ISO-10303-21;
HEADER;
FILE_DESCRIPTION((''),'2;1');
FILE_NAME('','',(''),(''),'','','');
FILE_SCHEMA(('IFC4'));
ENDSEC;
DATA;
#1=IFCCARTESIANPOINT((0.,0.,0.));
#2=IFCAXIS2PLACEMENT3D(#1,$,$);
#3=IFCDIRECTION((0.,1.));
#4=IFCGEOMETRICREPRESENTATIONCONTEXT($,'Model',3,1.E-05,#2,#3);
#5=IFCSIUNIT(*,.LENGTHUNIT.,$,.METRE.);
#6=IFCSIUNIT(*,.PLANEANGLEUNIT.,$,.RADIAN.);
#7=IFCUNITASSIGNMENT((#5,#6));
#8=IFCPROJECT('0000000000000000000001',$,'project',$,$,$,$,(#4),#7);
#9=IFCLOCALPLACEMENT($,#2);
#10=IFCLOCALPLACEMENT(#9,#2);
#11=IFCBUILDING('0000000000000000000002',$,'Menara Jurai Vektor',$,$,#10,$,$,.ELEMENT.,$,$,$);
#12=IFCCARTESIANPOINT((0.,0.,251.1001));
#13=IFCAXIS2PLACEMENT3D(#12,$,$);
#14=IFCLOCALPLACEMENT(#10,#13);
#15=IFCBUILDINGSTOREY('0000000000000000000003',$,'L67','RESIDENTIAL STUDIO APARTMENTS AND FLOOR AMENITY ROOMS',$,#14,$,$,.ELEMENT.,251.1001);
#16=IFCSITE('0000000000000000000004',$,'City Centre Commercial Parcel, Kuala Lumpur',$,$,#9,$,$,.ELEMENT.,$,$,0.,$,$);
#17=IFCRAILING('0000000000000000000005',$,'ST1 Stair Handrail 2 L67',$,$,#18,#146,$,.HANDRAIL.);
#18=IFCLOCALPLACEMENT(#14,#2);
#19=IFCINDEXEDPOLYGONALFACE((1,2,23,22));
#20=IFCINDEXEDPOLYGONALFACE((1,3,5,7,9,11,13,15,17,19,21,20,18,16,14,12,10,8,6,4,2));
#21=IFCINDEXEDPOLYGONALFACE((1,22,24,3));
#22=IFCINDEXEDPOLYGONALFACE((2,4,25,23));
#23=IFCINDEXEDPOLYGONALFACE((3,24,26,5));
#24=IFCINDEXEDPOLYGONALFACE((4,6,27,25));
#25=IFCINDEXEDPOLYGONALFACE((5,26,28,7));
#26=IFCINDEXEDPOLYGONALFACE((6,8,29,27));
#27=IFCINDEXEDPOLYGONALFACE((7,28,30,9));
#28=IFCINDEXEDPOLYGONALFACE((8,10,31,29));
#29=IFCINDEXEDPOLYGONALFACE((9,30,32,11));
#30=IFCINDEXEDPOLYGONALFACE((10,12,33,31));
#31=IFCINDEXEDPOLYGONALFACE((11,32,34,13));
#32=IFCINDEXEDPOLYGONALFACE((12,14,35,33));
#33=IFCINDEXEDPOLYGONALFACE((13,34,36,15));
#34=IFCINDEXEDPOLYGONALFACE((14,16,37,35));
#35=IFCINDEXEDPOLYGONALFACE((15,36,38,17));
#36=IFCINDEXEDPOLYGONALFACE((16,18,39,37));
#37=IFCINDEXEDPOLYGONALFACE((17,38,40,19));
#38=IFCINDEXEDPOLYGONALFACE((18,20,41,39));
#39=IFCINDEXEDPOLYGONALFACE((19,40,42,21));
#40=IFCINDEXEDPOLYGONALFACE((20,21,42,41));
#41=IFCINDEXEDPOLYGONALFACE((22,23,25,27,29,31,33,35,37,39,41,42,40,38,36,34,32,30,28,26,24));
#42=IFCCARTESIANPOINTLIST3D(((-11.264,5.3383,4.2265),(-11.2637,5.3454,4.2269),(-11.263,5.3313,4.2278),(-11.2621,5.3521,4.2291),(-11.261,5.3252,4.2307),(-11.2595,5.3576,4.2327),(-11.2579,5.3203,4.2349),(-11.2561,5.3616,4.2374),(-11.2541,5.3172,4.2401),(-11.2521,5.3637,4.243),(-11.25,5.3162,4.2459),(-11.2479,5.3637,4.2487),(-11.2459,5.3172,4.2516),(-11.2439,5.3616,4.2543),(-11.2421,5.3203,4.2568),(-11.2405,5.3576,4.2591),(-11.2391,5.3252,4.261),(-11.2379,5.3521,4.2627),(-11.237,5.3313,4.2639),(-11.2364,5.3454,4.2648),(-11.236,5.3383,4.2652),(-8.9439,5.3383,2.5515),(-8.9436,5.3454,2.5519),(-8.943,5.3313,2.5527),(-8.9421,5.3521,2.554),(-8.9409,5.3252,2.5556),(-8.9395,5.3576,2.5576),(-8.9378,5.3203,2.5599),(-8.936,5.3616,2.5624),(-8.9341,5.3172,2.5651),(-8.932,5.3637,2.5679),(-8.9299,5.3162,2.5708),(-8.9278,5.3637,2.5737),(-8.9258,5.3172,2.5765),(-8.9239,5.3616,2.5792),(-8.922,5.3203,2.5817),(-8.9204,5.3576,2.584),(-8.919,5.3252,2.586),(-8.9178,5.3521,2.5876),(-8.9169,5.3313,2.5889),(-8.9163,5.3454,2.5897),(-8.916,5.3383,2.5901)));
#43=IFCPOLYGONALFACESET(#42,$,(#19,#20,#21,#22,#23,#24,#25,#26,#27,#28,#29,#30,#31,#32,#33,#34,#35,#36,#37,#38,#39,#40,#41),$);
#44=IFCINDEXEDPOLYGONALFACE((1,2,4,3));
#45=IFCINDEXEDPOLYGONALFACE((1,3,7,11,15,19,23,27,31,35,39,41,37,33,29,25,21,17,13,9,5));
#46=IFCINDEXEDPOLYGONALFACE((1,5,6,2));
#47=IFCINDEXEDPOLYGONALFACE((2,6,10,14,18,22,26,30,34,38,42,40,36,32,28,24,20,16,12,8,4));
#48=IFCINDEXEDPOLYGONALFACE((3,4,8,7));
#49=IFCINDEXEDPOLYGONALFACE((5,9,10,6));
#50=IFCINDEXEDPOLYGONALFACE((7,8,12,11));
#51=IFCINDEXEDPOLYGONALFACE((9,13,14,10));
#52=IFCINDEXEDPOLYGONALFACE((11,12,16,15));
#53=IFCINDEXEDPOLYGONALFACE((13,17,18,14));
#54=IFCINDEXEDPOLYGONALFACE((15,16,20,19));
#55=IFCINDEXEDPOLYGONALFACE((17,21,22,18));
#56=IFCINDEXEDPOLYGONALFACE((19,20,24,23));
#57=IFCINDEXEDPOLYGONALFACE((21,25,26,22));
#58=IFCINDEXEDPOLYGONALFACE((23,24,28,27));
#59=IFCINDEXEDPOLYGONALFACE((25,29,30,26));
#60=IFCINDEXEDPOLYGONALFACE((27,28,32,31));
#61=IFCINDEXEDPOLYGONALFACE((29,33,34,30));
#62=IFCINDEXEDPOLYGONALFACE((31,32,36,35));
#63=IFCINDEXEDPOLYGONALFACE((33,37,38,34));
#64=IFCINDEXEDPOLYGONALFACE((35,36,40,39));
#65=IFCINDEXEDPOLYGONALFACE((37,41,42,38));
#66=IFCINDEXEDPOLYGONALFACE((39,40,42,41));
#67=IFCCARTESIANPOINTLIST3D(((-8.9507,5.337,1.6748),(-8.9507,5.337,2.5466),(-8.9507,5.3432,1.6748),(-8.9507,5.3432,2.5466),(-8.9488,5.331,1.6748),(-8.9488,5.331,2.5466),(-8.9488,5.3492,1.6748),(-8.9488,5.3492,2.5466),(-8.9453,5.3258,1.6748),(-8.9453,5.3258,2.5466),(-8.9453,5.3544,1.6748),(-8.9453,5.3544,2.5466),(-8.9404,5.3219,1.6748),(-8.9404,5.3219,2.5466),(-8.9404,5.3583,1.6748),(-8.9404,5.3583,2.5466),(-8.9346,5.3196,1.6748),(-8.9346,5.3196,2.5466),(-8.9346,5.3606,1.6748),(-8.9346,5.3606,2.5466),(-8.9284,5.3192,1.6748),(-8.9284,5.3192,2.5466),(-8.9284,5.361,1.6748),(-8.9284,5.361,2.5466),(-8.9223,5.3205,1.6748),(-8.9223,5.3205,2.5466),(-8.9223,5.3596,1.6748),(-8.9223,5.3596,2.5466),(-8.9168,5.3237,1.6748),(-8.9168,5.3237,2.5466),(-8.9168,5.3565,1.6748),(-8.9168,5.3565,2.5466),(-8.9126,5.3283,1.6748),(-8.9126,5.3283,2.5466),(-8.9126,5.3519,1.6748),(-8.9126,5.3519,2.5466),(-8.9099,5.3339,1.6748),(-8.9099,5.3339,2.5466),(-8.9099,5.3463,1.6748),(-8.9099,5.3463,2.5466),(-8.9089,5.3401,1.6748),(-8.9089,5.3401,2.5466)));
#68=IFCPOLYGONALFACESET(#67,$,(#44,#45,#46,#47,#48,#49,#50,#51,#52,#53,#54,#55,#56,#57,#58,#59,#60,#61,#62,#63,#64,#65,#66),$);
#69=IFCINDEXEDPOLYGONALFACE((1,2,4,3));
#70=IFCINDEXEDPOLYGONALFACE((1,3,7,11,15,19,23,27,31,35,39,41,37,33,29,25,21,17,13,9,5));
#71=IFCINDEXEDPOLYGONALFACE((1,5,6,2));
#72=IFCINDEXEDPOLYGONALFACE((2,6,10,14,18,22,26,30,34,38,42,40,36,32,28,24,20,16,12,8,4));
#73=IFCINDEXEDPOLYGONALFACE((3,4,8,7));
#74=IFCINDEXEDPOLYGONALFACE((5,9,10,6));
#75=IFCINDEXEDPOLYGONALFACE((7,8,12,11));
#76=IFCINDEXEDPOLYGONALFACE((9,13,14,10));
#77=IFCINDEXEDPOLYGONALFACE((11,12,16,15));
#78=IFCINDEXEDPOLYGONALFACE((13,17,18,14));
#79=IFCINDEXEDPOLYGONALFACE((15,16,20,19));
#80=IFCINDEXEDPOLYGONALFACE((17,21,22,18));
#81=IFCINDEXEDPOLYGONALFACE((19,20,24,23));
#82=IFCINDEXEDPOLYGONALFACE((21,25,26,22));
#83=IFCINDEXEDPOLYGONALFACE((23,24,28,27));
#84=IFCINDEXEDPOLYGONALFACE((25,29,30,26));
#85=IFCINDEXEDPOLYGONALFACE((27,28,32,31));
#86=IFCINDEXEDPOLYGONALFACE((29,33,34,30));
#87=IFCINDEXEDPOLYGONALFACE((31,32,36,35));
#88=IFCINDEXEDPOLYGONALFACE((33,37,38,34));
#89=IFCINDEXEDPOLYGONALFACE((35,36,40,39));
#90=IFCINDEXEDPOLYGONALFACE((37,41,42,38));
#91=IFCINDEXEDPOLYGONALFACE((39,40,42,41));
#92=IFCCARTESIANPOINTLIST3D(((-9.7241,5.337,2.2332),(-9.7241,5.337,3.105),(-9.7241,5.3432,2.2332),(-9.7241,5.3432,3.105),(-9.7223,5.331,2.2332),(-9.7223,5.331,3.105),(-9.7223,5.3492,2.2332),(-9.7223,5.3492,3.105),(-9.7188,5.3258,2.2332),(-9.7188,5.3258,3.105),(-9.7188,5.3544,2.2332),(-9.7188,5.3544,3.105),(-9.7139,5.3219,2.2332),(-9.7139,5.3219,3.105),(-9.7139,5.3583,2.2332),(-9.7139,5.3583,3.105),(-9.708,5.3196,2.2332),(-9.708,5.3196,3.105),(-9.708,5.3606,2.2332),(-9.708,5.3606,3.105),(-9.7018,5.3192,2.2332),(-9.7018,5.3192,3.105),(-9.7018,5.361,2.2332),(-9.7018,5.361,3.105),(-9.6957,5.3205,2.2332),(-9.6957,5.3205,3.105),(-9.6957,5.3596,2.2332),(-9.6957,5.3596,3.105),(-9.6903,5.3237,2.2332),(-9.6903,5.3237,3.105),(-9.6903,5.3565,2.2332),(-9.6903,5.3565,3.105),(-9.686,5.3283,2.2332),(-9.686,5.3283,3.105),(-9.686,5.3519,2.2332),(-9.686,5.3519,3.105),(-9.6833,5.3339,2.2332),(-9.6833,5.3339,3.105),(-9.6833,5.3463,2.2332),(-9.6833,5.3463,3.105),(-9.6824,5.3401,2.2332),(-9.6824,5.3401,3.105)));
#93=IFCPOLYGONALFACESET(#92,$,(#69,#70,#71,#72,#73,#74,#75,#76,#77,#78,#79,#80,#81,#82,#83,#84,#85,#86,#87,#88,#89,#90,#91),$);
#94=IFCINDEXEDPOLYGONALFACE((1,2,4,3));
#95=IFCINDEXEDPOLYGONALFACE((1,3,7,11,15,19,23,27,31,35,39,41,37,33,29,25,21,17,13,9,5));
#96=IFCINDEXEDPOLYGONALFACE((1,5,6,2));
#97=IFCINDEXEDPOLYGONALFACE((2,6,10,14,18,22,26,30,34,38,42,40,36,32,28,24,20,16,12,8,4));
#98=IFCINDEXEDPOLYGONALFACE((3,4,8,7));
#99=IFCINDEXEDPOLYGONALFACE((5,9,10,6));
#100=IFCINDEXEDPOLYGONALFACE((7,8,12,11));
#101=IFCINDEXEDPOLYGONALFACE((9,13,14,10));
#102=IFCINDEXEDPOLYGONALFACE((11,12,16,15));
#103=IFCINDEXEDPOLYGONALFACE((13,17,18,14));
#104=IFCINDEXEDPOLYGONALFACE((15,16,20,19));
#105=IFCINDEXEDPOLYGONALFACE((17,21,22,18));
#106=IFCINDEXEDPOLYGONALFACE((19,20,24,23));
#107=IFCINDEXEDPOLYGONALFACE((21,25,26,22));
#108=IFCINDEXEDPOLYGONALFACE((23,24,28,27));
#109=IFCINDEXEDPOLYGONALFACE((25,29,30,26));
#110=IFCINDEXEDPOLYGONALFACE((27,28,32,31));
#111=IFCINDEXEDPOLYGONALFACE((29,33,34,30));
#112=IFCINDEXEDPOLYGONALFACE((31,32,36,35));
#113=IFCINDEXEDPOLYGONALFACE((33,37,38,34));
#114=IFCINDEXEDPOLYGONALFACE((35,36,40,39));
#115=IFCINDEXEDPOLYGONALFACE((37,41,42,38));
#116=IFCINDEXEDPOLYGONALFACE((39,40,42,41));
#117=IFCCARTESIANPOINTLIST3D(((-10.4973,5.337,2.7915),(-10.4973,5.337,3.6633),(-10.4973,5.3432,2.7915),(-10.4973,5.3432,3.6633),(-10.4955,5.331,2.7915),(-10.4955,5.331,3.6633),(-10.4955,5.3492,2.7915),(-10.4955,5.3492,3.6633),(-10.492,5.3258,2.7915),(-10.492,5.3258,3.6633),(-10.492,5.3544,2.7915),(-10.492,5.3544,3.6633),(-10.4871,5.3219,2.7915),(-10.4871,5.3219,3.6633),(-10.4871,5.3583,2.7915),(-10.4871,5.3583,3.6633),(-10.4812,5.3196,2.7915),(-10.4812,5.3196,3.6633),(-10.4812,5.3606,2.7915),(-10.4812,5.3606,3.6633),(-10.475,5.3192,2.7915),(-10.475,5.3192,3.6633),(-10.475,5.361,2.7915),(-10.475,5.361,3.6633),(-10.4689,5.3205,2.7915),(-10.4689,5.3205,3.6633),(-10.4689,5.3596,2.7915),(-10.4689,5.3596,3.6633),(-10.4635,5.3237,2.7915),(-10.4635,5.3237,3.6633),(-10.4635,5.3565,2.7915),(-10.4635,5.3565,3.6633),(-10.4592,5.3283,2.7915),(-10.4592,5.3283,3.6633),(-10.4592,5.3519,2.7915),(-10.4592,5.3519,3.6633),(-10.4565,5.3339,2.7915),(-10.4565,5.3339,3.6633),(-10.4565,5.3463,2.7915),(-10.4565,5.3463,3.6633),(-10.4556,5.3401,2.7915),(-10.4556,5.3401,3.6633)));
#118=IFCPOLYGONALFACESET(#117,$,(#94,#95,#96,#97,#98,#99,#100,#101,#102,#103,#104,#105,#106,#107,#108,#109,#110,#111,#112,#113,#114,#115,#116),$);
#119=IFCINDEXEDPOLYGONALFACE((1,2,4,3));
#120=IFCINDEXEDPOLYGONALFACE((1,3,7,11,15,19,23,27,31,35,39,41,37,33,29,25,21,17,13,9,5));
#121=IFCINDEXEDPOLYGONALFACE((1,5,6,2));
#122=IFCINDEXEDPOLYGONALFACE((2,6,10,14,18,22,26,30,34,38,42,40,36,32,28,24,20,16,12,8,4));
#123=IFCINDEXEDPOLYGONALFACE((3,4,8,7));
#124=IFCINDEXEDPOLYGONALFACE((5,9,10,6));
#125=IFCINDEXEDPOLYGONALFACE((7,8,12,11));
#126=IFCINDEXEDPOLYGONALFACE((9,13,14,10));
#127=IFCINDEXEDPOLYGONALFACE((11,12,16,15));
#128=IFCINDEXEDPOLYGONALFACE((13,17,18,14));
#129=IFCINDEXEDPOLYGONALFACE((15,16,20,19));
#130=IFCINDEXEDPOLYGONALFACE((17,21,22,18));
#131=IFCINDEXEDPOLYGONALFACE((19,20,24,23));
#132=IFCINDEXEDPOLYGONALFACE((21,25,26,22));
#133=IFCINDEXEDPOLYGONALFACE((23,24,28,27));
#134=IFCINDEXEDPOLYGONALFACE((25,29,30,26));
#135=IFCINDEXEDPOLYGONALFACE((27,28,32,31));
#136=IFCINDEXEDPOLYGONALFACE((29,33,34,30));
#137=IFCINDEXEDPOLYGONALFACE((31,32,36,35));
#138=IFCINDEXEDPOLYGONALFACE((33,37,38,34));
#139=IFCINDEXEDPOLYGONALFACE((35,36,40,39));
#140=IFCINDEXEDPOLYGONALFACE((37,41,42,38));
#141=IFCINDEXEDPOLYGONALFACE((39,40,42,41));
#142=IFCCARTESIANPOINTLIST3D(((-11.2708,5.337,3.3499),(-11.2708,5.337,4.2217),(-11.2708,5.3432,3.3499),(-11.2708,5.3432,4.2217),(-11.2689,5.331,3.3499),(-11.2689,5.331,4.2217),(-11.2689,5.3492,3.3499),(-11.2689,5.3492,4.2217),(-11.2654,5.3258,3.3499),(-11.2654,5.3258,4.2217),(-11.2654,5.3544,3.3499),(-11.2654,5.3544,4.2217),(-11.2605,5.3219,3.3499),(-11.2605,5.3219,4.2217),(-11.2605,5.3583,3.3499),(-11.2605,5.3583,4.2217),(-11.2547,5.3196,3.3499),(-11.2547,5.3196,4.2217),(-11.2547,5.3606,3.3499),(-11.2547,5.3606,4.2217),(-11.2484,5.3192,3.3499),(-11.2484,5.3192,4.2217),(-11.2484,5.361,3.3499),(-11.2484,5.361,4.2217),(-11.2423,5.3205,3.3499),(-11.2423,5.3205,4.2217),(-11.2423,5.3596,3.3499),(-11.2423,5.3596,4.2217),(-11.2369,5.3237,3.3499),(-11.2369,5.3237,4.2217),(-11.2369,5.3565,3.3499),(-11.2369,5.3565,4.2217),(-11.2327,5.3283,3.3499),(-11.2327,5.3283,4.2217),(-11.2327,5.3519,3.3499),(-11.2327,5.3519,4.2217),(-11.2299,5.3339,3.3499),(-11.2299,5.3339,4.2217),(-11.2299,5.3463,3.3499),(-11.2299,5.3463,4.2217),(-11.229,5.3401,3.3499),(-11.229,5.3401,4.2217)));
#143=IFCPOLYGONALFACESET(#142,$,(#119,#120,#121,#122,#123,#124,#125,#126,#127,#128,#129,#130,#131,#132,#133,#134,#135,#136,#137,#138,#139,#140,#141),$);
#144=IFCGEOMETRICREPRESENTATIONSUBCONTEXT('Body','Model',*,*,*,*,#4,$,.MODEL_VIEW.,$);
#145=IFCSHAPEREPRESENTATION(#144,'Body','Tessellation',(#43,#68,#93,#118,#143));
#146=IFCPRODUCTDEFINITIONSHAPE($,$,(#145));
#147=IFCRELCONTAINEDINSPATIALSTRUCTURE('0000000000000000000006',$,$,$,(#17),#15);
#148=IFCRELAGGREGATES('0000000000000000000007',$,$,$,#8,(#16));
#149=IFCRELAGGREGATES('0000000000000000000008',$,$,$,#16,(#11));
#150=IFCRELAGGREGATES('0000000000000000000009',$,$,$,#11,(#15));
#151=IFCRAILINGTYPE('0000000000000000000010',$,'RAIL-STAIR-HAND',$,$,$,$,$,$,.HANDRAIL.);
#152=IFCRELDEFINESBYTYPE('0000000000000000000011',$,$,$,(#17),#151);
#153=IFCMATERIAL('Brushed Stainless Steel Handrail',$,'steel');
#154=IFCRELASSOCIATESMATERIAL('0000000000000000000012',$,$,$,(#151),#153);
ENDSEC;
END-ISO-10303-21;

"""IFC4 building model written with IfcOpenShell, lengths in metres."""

from ifc_helpers import new_model, si_unit, direction, frame, origin, origin_2d, place, context, subcontext, project, spatial, circle, extrude, material, type_object, element, save


model = new_model("IFC4")

# Units and contexts
model_context = context("Model", 3, precision=1e-05, world=origin(), true_north=direction((0.0, 1.0)))
body_context = subcontext(model_context, "Body", "Model", "MODEL_VIEW")
ifc_project = project(units=[si_unit("LENGTHUNIT", "METRE"), si_unit("PLANEANGLEUNIT", "RADIAN")], contexts=[model_context])

# Site, building, storey
site_placement = place(None, origin())
site = spatial("IfcSite", under=ifc_project, at=site_placement, Name="City Centre Commercial Parcel, Kuala Lumpur", CompositionType="ELEMENT", RefElevation=0.0)
building_placement = place(site_placement, origin())
building = spatial("IfcBuilding", under=site, at=building_placement, Name="Menara Jurai Vektor", CompositionType="ELEMENT")
storey_placement = place(building_placement, frame((0.0, 0.0, 251.1001)))
storey = spatial("IfcBuildingStorey", under=building, at=storey_placement, Name="L67", Description="RESIDENTIAL STUDIO APARTMENTS AND FLOOR AMENITY ROOMS", CompositionType="ELEMENT", Elevation=251.1001)

# Railing
ifc_material_1 = material(Name="Brushed Stainless Steel Handrail", Category="steel")
railing_type_1 = type_object("IfcRailingType", Name="RAIL-STAIR-HAND", PredefinedType="HANDRAIL", material=ifc_material_1)
railing_1_placement = place(storey_placement, frame((-8.9299, 5.3401, 1.6748)))
element("IfcRailing", 1, at=railing_1_placement, inside=storey, type_object=railing_type_1, Name="ST1 Stair Handrail 2 L67", PredefinedType="HANDRAIL", context=body_context, shape_type="SweptSolid", body=[
    extrude(circle(Radius=0.0239, at=origin_2d()), frame((0.0, 0.0, 0.896), z_axis=(-0.810771, 0.0, 0.585363), x_axis=(0.0, -1.0, 0.0)), (0.0, 0.0, 1.0), 2.8616),
    extrude(circle(Radius=0.021, at=origin_2d()), origin(), (0.0, 0.0, 1.0), 0.8718),
    extrude(circle(Radius=0.021, at=origin_2d()), frame((-0.7734, 0.0, 0.5583)), (0.0, 0.0, 1.0), 0.8718),
    extrude(circle(Radius=0.021, at=origin_2d()), frame((-1.5466, 0.0, 1.1167)), (0.0, 0.0, 1.0), 0.8718),
    extrude(circle(Radius=0.021, at=origin_2d()), frame((-2.3201, 0.0, 1.675)), (0.0, 0.0, 1.0), 0.8718),
])

save(model, "model.ifc")
